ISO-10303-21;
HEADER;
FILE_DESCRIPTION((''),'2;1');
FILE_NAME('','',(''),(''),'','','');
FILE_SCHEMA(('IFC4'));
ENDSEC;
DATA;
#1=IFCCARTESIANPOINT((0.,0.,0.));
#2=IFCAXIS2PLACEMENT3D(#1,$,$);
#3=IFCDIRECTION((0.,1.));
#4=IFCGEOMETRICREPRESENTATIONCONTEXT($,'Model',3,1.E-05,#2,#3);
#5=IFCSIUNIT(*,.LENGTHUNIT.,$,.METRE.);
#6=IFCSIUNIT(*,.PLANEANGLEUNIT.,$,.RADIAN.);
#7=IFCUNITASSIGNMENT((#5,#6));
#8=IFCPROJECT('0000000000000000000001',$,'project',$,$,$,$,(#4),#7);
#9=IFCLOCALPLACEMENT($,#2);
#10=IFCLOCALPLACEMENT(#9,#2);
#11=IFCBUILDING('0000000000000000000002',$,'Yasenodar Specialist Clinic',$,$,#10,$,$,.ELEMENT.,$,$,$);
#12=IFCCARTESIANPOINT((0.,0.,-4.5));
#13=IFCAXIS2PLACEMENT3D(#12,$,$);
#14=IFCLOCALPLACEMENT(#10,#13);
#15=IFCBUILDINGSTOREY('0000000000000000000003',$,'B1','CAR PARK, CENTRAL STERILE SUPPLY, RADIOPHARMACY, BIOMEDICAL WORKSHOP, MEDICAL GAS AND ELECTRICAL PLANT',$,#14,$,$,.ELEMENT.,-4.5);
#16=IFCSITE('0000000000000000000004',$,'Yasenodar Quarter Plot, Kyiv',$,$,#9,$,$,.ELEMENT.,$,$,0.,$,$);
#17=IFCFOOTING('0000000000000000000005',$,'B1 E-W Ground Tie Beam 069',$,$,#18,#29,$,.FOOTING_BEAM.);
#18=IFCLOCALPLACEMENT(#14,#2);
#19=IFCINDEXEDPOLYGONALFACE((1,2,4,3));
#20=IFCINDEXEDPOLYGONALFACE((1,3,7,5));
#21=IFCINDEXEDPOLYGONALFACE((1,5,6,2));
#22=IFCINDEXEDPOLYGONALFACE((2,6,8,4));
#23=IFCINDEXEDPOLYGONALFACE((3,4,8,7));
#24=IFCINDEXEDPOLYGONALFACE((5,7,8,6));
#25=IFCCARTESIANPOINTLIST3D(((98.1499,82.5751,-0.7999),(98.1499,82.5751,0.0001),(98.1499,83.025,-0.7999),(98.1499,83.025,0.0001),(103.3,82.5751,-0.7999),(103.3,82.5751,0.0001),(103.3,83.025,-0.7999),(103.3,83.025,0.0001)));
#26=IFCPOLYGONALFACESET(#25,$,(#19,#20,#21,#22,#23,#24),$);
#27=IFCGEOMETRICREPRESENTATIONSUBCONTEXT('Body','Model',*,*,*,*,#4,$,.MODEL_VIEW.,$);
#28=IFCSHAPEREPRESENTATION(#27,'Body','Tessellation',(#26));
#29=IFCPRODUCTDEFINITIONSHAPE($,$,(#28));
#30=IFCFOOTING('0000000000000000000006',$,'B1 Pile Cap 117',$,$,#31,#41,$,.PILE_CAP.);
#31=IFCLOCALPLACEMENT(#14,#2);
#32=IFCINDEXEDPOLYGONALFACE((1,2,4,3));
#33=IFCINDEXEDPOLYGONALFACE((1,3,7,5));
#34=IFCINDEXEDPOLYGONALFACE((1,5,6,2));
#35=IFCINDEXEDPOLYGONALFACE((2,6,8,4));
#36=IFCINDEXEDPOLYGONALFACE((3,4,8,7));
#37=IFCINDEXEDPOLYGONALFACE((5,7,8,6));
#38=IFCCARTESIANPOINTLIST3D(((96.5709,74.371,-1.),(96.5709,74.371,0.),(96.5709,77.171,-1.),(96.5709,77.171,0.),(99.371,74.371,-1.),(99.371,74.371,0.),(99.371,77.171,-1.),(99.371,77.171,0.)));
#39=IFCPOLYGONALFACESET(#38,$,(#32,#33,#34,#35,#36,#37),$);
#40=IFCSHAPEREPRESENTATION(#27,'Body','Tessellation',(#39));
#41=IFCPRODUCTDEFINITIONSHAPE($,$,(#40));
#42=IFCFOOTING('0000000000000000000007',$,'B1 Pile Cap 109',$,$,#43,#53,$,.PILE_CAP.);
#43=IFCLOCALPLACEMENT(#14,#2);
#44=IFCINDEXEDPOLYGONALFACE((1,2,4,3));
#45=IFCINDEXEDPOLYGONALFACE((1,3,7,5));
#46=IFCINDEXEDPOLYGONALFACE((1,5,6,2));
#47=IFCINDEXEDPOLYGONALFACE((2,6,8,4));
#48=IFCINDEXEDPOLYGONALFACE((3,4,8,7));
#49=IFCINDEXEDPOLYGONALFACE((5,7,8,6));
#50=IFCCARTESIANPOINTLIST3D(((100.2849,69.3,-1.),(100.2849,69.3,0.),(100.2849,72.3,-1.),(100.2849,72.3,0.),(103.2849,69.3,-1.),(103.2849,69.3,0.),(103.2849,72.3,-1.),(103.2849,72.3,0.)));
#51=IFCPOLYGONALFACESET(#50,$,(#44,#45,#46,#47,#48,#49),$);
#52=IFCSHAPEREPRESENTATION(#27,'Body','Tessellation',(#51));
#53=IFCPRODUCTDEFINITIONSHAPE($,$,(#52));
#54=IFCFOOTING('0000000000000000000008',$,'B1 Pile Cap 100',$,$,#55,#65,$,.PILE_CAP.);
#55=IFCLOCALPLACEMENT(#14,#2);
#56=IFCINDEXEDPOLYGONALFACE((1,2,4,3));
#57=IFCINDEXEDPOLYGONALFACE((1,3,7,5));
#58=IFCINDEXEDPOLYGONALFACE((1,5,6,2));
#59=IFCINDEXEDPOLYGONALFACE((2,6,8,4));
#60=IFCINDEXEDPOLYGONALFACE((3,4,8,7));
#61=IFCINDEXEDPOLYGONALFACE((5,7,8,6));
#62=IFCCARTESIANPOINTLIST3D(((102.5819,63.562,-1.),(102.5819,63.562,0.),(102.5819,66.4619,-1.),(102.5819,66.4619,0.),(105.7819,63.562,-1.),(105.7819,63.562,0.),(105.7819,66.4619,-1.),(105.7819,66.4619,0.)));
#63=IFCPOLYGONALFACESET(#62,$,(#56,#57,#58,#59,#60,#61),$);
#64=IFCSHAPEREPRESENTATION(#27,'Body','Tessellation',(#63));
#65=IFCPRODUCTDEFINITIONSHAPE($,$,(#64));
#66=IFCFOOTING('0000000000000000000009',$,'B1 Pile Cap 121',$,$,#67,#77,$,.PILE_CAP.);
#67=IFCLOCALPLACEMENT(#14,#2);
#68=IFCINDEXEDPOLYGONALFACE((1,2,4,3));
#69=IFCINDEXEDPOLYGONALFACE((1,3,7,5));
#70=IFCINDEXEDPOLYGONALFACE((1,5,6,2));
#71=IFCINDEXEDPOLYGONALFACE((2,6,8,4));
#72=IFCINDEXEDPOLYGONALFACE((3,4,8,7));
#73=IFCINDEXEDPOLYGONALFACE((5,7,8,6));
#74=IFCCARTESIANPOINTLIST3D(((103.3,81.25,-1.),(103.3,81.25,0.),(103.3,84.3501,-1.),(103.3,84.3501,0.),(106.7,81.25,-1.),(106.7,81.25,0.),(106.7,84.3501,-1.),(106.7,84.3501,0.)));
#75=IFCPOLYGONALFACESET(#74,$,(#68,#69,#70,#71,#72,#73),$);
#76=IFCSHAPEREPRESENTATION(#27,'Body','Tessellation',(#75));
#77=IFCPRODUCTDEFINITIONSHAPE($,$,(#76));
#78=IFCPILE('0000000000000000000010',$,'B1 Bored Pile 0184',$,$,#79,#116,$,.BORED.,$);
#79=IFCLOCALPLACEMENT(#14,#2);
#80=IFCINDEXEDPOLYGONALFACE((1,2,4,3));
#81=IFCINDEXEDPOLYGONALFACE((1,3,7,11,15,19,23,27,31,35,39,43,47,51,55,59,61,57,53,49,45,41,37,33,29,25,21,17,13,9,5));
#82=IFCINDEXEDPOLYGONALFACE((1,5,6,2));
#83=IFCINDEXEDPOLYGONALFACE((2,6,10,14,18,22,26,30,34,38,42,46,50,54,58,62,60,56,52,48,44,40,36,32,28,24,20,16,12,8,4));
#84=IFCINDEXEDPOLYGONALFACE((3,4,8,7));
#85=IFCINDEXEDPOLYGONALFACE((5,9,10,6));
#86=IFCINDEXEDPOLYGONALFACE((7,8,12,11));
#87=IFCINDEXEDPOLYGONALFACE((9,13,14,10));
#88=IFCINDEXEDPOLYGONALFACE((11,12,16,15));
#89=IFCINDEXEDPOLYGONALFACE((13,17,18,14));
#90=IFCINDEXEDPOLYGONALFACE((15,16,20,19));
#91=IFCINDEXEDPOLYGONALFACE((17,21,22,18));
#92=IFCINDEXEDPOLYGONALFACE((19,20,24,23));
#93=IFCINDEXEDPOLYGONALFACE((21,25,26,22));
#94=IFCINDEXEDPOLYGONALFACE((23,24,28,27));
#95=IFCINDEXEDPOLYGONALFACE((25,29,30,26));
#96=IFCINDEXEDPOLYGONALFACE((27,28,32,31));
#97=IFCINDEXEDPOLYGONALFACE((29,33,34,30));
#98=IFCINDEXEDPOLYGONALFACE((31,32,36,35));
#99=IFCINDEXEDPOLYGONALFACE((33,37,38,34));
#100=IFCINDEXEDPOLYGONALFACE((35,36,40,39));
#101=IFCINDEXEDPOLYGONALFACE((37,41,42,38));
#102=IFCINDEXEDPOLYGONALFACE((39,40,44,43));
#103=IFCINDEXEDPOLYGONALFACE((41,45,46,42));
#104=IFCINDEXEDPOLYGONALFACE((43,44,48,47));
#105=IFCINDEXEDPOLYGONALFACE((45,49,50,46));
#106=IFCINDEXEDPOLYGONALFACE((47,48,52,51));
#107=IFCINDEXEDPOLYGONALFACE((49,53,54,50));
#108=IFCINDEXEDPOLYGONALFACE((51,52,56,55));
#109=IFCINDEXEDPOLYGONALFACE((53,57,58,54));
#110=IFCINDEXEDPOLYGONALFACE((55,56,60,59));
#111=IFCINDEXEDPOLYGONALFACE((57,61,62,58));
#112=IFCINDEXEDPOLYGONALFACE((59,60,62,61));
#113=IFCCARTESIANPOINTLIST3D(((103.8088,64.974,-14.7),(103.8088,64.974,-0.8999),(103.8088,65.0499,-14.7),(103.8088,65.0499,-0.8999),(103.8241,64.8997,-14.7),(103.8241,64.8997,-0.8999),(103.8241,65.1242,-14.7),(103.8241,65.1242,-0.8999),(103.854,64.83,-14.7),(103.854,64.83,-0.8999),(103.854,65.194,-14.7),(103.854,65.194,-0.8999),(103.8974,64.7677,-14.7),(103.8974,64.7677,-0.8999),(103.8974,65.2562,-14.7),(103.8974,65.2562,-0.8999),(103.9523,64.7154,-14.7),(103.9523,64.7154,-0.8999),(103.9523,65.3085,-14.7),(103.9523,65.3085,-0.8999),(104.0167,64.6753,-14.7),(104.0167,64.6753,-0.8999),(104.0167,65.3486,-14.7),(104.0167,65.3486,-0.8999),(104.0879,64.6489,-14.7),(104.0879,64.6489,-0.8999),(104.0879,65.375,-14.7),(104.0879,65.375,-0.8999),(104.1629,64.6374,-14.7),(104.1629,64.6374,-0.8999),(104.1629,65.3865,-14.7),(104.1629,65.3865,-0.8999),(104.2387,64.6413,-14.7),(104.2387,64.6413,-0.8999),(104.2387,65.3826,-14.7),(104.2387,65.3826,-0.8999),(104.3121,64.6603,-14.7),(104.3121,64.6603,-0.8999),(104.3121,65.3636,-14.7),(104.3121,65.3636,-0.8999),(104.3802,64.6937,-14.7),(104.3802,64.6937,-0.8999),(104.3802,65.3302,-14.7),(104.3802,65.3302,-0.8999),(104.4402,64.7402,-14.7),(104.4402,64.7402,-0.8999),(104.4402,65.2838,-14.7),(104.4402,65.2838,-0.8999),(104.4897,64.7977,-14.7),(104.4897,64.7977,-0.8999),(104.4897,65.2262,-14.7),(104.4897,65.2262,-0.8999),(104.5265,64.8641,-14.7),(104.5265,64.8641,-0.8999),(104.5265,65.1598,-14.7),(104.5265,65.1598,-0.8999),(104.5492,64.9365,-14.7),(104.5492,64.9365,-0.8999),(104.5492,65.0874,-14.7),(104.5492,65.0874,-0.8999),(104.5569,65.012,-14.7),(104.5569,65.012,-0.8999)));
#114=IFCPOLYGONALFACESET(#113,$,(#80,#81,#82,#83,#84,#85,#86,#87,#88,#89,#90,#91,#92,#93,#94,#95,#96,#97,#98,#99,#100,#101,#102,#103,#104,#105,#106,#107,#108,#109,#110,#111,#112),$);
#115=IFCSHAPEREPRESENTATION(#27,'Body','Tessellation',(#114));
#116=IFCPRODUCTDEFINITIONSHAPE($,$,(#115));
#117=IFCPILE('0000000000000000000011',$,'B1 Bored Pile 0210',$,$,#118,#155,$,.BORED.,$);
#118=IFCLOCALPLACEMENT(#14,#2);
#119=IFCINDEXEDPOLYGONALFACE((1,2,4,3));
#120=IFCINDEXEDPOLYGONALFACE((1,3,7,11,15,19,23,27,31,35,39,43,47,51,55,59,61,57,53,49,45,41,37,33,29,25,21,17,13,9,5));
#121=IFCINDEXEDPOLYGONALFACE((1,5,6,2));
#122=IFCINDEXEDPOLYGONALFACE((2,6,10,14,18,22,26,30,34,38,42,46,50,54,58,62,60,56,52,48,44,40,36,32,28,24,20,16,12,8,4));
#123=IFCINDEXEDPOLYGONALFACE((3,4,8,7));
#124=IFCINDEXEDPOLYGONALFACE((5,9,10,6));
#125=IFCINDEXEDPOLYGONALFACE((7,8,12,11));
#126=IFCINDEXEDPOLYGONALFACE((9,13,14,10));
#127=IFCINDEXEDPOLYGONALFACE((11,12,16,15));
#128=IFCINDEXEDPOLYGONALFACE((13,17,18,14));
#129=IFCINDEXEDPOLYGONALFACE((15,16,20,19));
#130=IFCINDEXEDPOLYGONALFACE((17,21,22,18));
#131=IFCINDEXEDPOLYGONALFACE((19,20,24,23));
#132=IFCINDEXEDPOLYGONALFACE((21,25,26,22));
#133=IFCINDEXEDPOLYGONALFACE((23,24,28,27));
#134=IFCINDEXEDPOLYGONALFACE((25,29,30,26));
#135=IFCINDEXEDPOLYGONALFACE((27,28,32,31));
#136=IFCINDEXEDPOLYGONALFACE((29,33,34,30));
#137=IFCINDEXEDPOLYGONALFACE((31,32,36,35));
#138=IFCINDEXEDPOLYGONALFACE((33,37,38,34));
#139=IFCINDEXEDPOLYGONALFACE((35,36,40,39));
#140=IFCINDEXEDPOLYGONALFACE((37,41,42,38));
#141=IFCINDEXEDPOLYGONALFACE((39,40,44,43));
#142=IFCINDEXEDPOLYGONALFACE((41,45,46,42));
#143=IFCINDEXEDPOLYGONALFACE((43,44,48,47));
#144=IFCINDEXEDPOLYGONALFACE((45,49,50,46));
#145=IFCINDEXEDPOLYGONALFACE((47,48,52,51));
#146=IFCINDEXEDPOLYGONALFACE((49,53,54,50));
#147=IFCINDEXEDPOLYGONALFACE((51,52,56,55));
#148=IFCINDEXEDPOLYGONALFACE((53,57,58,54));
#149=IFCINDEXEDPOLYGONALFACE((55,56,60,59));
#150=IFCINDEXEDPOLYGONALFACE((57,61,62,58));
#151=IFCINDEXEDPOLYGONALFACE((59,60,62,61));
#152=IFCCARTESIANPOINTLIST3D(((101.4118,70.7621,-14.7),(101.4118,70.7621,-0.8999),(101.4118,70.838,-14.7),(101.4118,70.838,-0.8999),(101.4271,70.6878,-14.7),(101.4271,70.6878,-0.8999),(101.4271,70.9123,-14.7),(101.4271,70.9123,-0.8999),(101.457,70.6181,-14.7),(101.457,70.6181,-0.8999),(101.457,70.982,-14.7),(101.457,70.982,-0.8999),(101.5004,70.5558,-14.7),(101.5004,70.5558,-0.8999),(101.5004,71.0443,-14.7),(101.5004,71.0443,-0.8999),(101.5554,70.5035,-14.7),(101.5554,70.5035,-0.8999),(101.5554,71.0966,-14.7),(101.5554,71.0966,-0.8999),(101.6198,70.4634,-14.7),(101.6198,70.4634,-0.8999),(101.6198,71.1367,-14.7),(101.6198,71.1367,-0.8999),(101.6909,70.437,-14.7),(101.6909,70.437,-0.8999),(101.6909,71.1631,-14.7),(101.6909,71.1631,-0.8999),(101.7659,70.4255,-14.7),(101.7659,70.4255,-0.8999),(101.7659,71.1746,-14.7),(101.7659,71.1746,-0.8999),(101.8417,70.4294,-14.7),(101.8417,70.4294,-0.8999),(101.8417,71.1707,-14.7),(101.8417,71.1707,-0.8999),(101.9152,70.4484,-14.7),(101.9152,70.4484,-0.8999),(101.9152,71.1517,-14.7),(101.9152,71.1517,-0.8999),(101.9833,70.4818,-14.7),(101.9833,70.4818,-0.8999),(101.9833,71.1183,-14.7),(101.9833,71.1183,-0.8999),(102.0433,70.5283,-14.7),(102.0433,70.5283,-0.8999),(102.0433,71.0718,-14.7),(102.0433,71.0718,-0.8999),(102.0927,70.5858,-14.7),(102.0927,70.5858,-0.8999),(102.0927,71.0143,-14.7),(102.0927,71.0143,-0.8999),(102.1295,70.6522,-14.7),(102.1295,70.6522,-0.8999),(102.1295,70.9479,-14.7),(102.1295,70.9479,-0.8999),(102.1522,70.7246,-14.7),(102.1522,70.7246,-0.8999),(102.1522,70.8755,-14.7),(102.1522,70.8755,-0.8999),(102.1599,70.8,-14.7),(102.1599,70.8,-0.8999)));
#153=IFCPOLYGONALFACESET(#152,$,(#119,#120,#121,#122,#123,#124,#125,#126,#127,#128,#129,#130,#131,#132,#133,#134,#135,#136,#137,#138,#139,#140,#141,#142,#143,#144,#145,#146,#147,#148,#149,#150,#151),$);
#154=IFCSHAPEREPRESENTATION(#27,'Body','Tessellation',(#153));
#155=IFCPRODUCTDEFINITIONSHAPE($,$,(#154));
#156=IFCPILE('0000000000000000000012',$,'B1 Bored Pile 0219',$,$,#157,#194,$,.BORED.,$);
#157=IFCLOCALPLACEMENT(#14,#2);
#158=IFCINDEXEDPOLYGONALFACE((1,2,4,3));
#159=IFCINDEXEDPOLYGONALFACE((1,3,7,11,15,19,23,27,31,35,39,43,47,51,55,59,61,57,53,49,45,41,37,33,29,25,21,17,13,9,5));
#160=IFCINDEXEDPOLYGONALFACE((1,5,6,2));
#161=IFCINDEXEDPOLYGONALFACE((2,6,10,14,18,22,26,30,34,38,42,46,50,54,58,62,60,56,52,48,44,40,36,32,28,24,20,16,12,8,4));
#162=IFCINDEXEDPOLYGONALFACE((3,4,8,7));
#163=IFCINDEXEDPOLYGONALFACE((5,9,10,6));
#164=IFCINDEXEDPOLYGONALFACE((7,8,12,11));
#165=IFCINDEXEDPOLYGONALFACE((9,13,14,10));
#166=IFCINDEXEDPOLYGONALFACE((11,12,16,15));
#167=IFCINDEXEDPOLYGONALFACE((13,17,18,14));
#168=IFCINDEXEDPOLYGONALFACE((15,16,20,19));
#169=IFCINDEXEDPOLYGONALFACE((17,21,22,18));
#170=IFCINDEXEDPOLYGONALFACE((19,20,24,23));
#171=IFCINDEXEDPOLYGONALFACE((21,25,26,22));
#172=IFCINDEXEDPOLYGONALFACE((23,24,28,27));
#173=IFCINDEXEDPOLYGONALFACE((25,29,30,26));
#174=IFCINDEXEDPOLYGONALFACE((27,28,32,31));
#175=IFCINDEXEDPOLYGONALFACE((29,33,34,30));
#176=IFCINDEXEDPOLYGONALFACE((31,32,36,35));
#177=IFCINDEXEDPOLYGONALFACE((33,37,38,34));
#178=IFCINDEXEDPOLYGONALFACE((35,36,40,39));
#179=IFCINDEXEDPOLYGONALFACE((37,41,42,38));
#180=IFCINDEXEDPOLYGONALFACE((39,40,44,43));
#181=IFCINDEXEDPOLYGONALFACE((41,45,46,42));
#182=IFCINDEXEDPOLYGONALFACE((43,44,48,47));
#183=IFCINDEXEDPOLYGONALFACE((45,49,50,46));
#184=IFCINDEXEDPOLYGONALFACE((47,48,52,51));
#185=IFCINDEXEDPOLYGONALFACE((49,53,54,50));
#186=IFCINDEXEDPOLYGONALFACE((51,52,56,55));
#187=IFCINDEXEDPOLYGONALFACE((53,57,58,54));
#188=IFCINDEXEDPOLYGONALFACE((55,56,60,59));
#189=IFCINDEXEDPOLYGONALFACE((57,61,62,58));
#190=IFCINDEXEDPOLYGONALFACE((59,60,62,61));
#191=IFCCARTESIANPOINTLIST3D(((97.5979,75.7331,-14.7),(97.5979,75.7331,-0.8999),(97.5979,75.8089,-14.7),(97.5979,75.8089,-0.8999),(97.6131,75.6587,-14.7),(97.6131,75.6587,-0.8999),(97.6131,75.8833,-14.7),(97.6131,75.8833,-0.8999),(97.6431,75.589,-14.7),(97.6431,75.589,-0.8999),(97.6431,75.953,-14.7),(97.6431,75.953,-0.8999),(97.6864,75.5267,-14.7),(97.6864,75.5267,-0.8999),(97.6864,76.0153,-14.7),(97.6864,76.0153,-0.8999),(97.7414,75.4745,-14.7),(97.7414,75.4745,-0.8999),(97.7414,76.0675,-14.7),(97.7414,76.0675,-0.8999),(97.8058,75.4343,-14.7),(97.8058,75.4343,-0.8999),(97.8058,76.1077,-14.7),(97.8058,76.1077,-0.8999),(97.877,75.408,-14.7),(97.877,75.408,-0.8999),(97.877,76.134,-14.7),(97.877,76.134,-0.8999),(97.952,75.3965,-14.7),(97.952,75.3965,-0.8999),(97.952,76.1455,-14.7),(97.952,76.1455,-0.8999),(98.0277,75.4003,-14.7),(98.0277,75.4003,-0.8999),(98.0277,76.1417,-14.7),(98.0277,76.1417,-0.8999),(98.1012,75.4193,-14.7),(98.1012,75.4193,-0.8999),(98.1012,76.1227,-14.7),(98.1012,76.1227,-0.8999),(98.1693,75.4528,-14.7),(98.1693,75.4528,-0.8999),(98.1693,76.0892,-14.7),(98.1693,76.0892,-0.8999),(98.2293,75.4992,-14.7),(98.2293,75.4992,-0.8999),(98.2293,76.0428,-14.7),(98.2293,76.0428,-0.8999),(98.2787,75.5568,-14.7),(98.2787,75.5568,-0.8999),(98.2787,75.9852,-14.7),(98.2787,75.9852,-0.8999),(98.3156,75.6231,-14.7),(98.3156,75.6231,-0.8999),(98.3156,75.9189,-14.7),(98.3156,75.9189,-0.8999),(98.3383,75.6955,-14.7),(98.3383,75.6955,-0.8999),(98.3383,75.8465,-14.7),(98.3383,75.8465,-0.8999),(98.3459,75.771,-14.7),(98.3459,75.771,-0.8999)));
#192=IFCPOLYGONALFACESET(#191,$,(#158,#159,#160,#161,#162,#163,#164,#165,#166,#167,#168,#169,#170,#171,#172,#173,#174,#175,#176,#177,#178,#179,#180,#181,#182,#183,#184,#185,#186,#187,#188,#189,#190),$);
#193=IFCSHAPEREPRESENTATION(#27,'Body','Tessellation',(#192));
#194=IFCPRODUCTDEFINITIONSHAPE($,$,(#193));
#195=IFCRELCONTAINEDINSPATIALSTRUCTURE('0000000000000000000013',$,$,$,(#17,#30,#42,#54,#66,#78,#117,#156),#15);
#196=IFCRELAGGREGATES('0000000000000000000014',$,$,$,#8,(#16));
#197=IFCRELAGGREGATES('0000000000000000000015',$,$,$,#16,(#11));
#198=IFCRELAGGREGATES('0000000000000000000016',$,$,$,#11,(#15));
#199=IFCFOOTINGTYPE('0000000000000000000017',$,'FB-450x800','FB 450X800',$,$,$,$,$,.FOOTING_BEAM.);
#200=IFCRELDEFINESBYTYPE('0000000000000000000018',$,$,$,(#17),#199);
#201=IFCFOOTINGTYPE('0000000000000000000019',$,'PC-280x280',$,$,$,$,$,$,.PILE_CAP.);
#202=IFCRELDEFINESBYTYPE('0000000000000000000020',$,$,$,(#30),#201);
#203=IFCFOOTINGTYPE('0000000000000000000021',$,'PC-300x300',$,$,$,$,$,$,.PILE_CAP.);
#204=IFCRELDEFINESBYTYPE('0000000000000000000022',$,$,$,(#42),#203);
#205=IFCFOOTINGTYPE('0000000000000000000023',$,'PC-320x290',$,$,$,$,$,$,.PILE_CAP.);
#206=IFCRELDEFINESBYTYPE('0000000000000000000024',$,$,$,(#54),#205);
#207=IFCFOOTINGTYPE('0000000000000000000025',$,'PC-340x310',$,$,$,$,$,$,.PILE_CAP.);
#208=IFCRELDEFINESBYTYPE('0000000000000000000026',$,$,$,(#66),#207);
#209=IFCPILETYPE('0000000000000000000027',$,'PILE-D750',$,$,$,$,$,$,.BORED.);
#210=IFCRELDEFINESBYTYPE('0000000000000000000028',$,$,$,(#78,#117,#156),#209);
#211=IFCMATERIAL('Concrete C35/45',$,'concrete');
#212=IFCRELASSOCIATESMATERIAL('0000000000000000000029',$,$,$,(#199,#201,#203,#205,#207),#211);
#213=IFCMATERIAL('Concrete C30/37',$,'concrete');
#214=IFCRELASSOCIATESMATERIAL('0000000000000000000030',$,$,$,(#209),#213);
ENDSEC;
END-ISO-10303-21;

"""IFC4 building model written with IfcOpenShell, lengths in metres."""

from ifc_helpers import new_model, si_unit, direction, frame, origin, origin_2d, place, context, subcontext, project, spatial, rectangle, circle, extrude, material, material_profile, profile_set, type_object, element, save


model = new_model("IFC4")

# Units and contexts
model_context = context("Model", 3, precision=1e-05, world=origin(), true_north=direction((0.0, 1.0)))
body_context = subcontext(model_context, "Body", "Model", "MODEL_VIEW")
ifc_project = project(units=[si_unit("LENGTHUNIT", "METRE"), si_unit("PLANEANGLEUNIT", "RADIAN")], contexts=[model_context])

# Site, building, storey
site_placement = place(None, origin())
site = spatial("IfcSite", under=ifc_project, at=site_placement, Name="Yasenodar Quarter Plot, Kyiv", CompositionType="ELEMENT", RefElevation=0.0)
building_placement = place(site_placement, origin())
building = spatial("IfcBuilding", under=site, at=building_placement, Name="Yasenodar Specialist Clinic", CompositionType="ELEMENT")
storey_placement = place(building_placement, frame((0.0, 0.0, -4.5)))
storey = spatial("IfcBuildingStorey", under=building, at=storey_placement, Name="B1", Description="CAR PARK, CENTRAL STERILE SUPPLY, RADIOPHARMACY, BIOMEDICAL WORKSHOP, MEDICAL GAS AND ELECTRICAL PLANT", CompositionType="ELEMENT", Elevation=-4.5)

# Footings
ifc_material_1 = material(Name="Concrete C35/45", Category="concrete")
ifc_material_profile_1 = material_profile(ifc_material_1, rectangle(XDim=0.45, YDim=0.8, at=origin_2d()), Name="RC 450x800")
ifc_profile_set_1 = profile_set([ifc_material_profile_1], Name="Concrete C35/45")
footing_type_1 = type_object("IfcFootingType", Name="FB-450x800", Description="FB 450X800", PredefinedType="FOOTING_BEAM", material=ifc_profile_set_1)
footing_1_placement = place(storey_placement, frame((98.1499, 82.8, -0.3999), z_axis=(1.0, 0.0, 0.0), x_axis=(0.0, 1.0, 0.0)))
element("IfcFooting", 1, at=footing_1_placement, inside=storey, type_object=footing_type_1, Name="B1 E-W Ground Tie Beam 069", PredefinedType="FOOTING_BEAM", context=body_context, shape_type="SweptSolid", body=[
    extrude(rectangle(XDim=0.45, YDim=0.8, at=origin_2d()), origin(), (0.0, 0.0, 1.0), 5.1501),
])
footing_type_2 = type_object("IfcFootingType", Name="PC-280x280", PredefinedType="PILE_CAP", material=ifc_material_1)
footing_2_placement = place(storey_placement, frame((97.9709, 75.771, -1.0), z_axis=(0.0, 0.0, 1.0), x_axis=(1.0, 0.0, 0.0)))
element("IfcFooting", 2, at=footing_2_placement, inside=storey, type_object=footing_type_2, Name="B1 Pile Cap 117", PredefinedType="PILE_CAP", context=body_context, shape_type="SweptSolid", body=[
    extrude(rectangle(XDim=2.8, YDim=2.8, at=origin_2d()), origin(), (0.0, 0.0, 1.0), 1.0),
])
footing_type_3 = type_object("IfcFootingType", Name="PC-300x300", PredefinedType="PILE_CAP", material=ifc_material_1)
footing_3_placement = place(storey_placement, frame((101.7849, 70.8, -1.0), z_axis=(0.0, 0.0, 1.0), x_axis=(1.0, 0.0, 0.0)))
element("IfcFooting", 3, at=footing_3_placement, inside=storey, type_object=footing_type_3, Name="B1 Pile Cap 109", PredefinedType="PILE_CAP", context=body_context, shape_type="SweptSolid", body=[
    extrude(rectangle(XDim=3.0, YDim=3.0, at=origin_2d()), origin(), (0.0, 0.0, 1.0), 1.0),
])
footing_type_4 = type_object("IfcFootingType", Name="PC-320x290", PredefinedType="PILE_CAP", material=ifc_material_1)
footing_4_placement = place(storey_placement, frame((104.1819, 65.012, -1.0), z_axis=(0.0, 0.0, 1.0), x_axis=(1.0, 0.0, 0.0)))
element("IfcFooting", 4, at=footing_4_placement, inside=storey, type_object=footing_type_4, Name="B1 Pile Cap 100", PredefinedType="PILE_CAP", context=body_context, shape_type="SweptSolid", body=[
    extrude(rectangle(XDim=3.2, YDim=2.8999, at=origin_2d()), origin(), (0.0, 0.0, 1.0), 1.0),
])
footing_type_5 = type_object("IfcFootingType", Name="PC-340x310", PredefinedType="PILE_CAP", material=ifc_material_1)
footing_5_placement = place(storey_placement, frame((105.0, 82.8, -1.0), z_axis=(0.0, 0.0, 1.0), x_axis=(1.0, 0.0, 0.0)))
element("IfcFooting", 5, at=footing_5_placement, inside=storey, type_object=footing_type_5, Name="B1 Pile Cap 121", PredefinedType="PILE_CAP", context=body_context, shape_type="SweptSolid", body=[
    extrude(rectangle(XDim=3.3999, YDim=3.1001, at=origin_2d()), origin(), (0.0, 0.0, 1.0), 1.0),
])

# Piles
ifc_material_2 = material(Name="Concrete C30/37", Category="concrete")
ifc_material_profile_2 = material_profile(ifc_material_2, circle(Radius=0.375, at=origin_2d()), Name="PILE D750")
ifc_profile_set_2 = profile_set([ifc_material_profile_2], Name="Concrete C30/37")
pile_type = type_object("IfcPileType", Name="PILE-D750", PredefinedType="BORED", material=ifc_profile_set_2)
for number, where, z_axis, x_axis, name in (
    (6, (104.1819, 65.012, -0.8999), (0.0, 0.0, -1.0), (1.0, 0.0, 0.0), "B1 Bored Pile 0184"),
    (7, (101.7849, 70.8, -0.8999), (0.0, 0.0, -1.0), (1.0, 0.0, 0.0), "B1 Bored Pile 0210"),
    (8, (97.9709, 75.771, -0.8999), (0.0, 0.0, -1.0), (1.0, 0.0, 0.0), "B1 Bored Pile 0219"),
):
    element("IfcPile", number, at=place(storey_placement, frame(where, z_axis=z_axis, x_axis=x_axis)), inside=storey, type_object=pile_type, Name=name, PredefinedType="BORED", context=body_context, shape_type="SweptSolid", body=[
        extrude(circle(Radius=0.375, at=origin_2d()), origin(), (0.0, 0.0, 1.0), 13.8),
    ])

save(model, "model.ifc")
